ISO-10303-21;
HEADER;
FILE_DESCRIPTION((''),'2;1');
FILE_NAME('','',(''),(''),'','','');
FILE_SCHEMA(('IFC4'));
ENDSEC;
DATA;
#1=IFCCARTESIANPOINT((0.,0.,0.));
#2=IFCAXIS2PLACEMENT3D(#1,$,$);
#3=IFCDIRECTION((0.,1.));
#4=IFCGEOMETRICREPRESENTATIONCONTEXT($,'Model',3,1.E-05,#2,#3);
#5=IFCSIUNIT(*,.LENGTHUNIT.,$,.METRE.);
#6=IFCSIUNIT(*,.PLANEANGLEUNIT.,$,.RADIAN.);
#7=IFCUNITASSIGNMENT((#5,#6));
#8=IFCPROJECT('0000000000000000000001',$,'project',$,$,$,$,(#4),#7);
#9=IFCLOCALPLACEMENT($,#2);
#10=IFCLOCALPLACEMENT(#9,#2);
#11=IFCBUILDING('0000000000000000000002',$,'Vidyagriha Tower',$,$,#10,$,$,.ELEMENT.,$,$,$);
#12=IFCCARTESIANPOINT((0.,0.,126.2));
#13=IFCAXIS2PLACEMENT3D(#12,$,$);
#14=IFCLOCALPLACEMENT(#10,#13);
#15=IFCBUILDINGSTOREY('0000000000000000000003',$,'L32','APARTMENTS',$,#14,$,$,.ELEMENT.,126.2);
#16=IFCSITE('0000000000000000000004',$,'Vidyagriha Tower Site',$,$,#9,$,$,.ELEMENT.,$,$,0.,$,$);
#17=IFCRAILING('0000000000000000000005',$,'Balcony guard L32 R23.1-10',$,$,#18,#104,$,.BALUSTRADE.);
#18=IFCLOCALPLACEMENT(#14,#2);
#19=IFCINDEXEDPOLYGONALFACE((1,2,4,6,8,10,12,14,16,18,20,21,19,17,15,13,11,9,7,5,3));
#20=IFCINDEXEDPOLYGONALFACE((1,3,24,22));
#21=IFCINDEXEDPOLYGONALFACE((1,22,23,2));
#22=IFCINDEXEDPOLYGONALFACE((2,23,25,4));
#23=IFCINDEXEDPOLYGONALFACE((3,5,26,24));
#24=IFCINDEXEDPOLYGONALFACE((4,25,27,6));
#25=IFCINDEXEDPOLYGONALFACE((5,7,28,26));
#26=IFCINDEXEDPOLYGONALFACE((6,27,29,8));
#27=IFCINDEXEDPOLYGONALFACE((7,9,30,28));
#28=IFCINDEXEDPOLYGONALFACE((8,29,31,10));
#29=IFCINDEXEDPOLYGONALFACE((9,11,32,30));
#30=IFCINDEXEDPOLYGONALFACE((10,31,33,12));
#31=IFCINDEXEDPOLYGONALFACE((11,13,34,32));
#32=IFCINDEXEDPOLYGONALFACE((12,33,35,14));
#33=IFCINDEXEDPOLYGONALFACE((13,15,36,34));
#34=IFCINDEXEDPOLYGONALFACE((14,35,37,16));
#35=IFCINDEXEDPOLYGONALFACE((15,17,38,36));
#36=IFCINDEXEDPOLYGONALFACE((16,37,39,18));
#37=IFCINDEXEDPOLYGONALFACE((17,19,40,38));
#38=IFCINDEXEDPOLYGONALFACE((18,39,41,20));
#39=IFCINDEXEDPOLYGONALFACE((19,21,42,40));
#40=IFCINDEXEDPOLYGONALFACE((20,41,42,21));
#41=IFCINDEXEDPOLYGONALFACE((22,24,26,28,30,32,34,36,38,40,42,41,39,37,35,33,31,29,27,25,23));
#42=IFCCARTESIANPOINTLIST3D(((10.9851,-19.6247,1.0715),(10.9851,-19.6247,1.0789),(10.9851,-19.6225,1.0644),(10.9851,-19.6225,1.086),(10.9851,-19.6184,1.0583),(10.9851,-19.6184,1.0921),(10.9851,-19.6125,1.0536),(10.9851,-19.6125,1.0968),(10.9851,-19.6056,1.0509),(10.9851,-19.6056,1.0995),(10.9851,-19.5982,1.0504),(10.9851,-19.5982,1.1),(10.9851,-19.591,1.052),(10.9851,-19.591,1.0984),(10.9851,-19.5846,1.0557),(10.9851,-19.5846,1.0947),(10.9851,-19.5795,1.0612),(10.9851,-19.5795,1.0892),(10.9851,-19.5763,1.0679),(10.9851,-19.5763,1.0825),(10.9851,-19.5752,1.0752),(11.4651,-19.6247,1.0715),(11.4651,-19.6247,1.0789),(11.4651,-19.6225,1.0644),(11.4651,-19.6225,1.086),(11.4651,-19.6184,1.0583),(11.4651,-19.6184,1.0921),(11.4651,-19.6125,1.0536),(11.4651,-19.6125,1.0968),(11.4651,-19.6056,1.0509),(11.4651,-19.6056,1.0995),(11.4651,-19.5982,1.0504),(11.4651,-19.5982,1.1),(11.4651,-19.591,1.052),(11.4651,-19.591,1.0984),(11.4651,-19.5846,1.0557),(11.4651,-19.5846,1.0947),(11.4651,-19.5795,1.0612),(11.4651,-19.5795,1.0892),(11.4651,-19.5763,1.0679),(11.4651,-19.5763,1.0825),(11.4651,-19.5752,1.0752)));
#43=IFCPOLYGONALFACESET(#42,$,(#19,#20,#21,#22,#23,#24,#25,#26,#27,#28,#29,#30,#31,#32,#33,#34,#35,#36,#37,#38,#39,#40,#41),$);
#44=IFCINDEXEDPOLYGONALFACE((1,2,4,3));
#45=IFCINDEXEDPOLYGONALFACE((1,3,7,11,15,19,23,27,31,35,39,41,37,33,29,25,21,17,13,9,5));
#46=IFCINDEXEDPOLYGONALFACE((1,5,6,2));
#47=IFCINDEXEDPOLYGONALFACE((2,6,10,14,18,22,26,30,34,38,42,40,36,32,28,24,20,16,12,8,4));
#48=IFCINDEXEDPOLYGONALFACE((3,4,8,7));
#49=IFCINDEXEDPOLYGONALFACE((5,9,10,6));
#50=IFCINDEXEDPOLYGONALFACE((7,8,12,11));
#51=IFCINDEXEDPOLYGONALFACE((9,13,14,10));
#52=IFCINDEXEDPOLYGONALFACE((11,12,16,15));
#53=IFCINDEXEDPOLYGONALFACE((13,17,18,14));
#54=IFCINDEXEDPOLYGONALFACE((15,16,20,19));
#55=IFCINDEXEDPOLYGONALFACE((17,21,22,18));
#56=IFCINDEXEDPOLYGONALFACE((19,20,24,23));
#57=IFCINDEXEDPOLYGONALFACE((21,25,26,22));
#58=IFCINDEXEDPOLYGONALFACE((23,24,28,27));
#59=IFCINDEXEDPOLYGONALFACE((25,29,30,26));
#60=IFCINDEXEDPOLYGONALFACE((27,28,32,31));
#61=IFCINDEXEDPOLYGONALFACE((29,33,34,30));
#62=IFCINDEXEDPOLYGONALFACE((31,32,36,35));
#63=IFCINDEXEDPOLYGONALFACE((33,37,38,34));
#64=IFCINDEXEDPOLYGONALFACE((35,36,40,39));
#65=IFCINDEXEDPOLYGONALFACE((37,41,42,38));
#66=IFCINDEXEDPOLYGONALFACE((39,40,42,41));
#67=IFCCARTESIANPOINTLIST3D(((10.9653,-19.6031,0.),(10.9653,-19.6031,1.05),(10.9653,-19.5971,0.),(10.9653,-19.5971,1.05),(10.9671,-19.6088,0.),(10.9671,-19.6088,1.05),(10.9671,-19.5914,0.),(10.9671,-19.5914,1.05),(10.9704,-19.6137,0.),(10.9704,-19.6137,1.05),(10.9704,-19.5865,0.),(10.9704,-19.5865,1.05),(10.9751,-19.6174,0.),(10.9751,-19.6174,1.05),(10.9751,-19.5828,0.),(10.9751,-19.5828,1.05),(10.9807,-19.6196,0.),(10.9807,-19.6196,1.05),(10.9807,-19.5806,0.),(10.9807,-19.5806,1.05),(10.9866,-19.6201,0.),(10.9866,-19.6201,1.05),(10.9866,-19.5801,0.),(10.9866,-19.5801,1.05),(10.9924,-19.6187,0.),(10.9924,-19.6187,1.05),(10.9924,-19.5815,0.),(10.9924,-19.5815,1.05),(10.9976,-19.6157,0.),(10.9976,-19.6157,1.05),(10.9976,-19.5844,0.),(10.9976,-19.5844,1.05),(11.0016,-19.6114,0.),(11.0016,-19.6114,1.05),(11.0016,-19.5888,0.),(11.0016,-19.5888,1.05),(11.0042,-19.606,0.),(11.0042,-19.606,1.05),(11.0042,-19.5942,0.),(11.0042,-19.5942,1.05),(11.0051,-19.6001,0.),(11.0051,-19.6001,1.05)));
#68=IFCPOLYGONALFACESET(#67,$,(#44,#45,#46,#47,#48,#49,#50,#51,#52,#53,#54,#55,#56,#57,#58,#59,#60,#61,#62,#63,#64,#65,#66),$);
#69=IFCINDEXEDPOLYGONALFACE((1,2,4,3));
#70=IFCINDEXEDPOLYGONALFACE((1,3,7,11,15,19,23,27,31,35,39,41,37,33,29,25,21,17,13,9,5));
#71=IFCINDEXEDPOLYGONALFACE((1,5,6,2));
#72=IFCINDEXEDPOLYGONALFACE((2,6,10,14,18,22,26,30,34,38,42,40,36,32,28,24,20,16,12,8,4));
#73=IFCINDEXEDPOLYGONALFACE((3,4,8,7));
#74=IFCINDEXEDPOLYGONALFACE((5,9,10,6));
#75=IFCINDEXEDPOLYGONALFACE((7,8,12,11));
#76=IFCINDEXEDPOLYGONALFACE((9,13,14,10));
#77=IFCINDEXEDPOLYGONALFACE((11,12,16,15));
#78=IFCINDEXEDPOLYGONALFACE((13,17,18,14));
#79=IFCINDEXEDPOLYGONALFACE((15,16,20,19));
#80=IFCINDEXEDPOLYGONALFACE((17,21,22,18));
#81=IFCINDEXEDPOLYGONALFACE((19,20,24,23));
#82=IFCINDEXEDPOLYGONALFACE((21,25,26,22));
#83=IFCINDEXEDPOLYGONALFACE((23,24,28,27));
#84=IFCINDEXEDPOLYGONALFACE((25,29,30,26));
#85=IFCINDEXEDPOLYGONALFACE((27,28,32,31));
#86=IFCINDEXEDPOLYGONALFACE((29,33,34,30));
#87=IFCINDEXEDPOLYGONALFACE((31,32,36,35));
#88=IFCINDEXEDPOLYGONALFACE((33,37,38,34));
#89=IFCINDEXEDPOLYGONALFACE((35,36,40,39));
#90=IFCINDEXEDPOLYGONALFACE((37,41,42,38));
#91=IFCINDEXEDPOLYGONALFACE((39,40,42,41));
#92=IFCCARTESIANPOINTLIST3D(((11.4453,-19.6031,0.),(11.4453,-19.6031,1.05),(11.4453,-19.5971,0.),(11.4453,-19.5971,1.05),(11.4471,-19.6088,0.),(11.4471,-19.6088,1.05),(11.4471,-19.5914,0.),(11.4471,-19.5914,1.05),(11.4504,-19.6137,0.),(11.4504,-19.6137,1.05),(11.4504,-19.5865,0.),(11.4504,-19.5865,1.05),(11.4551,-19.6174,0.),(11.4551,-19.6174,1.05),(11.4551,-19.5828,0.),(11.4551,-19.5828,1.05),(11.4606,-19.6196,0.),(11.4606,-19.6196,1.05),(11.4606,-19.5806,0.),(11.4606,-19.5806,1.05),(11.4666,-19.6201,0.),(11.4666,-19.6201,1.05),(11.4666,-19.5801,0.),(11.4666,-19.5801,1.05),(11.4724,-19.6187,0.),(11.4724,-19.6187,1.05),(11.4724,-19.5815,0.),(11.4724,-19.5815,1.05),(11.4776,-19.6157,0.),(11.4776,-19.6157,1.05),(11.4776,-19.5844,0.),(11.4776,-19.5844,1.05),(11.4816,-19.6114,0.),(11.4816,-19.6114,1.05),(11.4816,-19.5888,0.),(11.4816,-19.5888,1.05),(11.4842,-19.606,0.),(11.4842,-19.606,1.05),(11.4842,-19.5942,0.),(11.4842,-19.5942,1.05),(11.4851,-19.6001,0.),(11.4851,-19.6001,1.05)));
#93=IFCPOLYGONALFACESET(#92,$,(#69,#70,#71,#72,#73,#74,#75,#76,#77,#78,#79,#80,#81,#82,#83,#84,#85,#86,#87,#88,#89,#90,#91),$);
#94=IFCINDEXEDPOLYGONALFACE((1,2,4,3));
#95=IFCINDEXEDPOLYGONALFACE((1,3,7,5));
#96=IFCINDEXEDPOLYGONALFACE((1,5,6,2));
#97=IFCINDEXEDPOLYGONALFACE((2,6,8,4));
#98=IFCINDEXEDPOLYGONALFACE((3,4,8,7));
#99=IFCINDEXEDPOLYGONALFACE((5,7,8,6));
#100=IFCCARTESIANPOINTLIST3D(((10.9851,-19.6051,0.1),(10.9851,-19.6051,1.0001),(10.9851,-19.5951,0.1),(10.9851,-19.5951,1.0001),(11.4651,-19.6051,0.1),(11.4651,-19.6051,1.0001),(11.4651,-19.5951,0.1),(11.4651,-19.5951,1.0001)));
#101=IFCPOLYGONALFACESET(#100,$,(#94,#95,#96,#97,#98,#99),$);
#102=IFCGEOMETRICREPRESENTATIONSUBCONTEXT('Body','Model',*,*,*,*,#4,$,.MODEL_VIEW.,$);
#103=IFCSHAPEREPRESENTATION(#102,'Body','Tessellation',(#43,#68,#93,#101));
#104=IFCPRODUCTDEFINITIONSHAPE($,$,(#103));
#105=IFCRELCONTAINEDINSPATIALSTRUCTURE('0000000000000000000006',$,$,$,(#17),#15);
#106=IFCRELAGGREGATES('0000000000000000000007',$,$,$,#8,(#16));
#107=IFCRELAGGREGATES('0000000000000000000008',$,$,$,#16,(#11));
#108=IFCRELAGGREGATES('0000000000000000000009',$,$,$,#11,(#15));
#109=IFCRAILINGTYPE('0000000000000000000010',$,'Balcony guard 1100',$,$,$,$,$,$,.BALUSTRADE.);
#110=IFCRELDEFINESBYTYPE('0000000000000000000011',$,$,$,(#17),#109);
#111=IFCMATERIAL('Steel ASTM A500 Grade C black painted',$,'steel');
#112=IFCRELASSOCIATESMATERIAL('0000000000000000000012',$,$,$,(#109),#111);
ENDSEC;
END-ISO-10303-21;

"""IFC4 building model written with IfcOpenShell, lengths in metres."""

from ifc_helpers import new_model, si_unit, direction, frame, origin, origin_2d, place, context, subcontext, project, spatial, rectangle, circle, extrude, material, type_object, element, save


model = new_model("IFC4")

# Units and contexts
model_context = context("Model", 3, precision=1e-05, world=origin(), true_north=direction((0.0, 1.0)))
body_context = subcontext(model_context, "Body", "Model", "MODEL_VIEW")
ifc_project = project(units=[si_unit("LENGTHUNIT", "METRE"), si_unit("PLANEANGLEUNIT", "RADIAN")], contexts=[model_context])

# Site, building, storey
site_placement = place(None, origin())
site = spatial("IfcSite", under=ifc_project, at=site_placement, Name="Vidyagriha Tower Site", CompositionType="ELEMENT", RefElevation=0.0)
building_placement = place(site_placement, origin())
building = spatial("IfcBuilding", under=site, at=building_placement, Name="Vidyagriha Tower", CompositionType="ELEMENT")
storey_placement = place(building_placement, frame((0.0, 0.0, 126.2)))
storey = spatial("IfcBuildingStorey", under=building, at=storey_placement, Name="L32", Description="APARTMENTS", CompositionType="ELEMENT", Elevation=126.2)

# Railing
ifc_material_1 = material(Name="Steel ASTM A500 Grade C black painted", Category="steel")
railing_type = type_object("IfcRailingType", Name="Balcony guard 1100", PredefinedType="BALUSTRADE", material=ifc_material_1)
railing_1_placement = place(storey_placement, frame((10.9851, -19.6001, 0.0)))
element("IfcRailing", 1, at=railing_1_placement, inside=storey, type_object=railing_type, Name="Balcony guard L32 R23.1-10", PredefinedType="BALUSTRADE", context=body_context, shape_type="SweptSolid", body=[
    extrude(circle(Radius=0.0249, at=origin_2d()), frame((0.0, 0.0, 1.0752), z_axis=(1.0, 0.0, 0.0), x_axis=(0.0, 1.0, 0.0)), (0.0, 0.0, 1.0), 0.48),
    extrude(circle(Radius=0.02, at=origin_2d()), origin(), (0.0, 0.0, 1.0), 1.05),
    extrude(circle(Radius=0.02, at=origin_2d()), frame((0.48, 0.0, 0.0)), (0.0, 0.0, 1.0), 1.05),
    extrude(rectangle(XDim=0.01, YDim=0.9001, at=origin_2d()), frame((0.0, 0.0, 0.55), z_axis=(1.0, 0.0, 0.0), x_axis=(0.0, 1.0, 0.0)), (0.0, 0.0, 1.0), 0.48),
])

save(model, "model.ifc")
